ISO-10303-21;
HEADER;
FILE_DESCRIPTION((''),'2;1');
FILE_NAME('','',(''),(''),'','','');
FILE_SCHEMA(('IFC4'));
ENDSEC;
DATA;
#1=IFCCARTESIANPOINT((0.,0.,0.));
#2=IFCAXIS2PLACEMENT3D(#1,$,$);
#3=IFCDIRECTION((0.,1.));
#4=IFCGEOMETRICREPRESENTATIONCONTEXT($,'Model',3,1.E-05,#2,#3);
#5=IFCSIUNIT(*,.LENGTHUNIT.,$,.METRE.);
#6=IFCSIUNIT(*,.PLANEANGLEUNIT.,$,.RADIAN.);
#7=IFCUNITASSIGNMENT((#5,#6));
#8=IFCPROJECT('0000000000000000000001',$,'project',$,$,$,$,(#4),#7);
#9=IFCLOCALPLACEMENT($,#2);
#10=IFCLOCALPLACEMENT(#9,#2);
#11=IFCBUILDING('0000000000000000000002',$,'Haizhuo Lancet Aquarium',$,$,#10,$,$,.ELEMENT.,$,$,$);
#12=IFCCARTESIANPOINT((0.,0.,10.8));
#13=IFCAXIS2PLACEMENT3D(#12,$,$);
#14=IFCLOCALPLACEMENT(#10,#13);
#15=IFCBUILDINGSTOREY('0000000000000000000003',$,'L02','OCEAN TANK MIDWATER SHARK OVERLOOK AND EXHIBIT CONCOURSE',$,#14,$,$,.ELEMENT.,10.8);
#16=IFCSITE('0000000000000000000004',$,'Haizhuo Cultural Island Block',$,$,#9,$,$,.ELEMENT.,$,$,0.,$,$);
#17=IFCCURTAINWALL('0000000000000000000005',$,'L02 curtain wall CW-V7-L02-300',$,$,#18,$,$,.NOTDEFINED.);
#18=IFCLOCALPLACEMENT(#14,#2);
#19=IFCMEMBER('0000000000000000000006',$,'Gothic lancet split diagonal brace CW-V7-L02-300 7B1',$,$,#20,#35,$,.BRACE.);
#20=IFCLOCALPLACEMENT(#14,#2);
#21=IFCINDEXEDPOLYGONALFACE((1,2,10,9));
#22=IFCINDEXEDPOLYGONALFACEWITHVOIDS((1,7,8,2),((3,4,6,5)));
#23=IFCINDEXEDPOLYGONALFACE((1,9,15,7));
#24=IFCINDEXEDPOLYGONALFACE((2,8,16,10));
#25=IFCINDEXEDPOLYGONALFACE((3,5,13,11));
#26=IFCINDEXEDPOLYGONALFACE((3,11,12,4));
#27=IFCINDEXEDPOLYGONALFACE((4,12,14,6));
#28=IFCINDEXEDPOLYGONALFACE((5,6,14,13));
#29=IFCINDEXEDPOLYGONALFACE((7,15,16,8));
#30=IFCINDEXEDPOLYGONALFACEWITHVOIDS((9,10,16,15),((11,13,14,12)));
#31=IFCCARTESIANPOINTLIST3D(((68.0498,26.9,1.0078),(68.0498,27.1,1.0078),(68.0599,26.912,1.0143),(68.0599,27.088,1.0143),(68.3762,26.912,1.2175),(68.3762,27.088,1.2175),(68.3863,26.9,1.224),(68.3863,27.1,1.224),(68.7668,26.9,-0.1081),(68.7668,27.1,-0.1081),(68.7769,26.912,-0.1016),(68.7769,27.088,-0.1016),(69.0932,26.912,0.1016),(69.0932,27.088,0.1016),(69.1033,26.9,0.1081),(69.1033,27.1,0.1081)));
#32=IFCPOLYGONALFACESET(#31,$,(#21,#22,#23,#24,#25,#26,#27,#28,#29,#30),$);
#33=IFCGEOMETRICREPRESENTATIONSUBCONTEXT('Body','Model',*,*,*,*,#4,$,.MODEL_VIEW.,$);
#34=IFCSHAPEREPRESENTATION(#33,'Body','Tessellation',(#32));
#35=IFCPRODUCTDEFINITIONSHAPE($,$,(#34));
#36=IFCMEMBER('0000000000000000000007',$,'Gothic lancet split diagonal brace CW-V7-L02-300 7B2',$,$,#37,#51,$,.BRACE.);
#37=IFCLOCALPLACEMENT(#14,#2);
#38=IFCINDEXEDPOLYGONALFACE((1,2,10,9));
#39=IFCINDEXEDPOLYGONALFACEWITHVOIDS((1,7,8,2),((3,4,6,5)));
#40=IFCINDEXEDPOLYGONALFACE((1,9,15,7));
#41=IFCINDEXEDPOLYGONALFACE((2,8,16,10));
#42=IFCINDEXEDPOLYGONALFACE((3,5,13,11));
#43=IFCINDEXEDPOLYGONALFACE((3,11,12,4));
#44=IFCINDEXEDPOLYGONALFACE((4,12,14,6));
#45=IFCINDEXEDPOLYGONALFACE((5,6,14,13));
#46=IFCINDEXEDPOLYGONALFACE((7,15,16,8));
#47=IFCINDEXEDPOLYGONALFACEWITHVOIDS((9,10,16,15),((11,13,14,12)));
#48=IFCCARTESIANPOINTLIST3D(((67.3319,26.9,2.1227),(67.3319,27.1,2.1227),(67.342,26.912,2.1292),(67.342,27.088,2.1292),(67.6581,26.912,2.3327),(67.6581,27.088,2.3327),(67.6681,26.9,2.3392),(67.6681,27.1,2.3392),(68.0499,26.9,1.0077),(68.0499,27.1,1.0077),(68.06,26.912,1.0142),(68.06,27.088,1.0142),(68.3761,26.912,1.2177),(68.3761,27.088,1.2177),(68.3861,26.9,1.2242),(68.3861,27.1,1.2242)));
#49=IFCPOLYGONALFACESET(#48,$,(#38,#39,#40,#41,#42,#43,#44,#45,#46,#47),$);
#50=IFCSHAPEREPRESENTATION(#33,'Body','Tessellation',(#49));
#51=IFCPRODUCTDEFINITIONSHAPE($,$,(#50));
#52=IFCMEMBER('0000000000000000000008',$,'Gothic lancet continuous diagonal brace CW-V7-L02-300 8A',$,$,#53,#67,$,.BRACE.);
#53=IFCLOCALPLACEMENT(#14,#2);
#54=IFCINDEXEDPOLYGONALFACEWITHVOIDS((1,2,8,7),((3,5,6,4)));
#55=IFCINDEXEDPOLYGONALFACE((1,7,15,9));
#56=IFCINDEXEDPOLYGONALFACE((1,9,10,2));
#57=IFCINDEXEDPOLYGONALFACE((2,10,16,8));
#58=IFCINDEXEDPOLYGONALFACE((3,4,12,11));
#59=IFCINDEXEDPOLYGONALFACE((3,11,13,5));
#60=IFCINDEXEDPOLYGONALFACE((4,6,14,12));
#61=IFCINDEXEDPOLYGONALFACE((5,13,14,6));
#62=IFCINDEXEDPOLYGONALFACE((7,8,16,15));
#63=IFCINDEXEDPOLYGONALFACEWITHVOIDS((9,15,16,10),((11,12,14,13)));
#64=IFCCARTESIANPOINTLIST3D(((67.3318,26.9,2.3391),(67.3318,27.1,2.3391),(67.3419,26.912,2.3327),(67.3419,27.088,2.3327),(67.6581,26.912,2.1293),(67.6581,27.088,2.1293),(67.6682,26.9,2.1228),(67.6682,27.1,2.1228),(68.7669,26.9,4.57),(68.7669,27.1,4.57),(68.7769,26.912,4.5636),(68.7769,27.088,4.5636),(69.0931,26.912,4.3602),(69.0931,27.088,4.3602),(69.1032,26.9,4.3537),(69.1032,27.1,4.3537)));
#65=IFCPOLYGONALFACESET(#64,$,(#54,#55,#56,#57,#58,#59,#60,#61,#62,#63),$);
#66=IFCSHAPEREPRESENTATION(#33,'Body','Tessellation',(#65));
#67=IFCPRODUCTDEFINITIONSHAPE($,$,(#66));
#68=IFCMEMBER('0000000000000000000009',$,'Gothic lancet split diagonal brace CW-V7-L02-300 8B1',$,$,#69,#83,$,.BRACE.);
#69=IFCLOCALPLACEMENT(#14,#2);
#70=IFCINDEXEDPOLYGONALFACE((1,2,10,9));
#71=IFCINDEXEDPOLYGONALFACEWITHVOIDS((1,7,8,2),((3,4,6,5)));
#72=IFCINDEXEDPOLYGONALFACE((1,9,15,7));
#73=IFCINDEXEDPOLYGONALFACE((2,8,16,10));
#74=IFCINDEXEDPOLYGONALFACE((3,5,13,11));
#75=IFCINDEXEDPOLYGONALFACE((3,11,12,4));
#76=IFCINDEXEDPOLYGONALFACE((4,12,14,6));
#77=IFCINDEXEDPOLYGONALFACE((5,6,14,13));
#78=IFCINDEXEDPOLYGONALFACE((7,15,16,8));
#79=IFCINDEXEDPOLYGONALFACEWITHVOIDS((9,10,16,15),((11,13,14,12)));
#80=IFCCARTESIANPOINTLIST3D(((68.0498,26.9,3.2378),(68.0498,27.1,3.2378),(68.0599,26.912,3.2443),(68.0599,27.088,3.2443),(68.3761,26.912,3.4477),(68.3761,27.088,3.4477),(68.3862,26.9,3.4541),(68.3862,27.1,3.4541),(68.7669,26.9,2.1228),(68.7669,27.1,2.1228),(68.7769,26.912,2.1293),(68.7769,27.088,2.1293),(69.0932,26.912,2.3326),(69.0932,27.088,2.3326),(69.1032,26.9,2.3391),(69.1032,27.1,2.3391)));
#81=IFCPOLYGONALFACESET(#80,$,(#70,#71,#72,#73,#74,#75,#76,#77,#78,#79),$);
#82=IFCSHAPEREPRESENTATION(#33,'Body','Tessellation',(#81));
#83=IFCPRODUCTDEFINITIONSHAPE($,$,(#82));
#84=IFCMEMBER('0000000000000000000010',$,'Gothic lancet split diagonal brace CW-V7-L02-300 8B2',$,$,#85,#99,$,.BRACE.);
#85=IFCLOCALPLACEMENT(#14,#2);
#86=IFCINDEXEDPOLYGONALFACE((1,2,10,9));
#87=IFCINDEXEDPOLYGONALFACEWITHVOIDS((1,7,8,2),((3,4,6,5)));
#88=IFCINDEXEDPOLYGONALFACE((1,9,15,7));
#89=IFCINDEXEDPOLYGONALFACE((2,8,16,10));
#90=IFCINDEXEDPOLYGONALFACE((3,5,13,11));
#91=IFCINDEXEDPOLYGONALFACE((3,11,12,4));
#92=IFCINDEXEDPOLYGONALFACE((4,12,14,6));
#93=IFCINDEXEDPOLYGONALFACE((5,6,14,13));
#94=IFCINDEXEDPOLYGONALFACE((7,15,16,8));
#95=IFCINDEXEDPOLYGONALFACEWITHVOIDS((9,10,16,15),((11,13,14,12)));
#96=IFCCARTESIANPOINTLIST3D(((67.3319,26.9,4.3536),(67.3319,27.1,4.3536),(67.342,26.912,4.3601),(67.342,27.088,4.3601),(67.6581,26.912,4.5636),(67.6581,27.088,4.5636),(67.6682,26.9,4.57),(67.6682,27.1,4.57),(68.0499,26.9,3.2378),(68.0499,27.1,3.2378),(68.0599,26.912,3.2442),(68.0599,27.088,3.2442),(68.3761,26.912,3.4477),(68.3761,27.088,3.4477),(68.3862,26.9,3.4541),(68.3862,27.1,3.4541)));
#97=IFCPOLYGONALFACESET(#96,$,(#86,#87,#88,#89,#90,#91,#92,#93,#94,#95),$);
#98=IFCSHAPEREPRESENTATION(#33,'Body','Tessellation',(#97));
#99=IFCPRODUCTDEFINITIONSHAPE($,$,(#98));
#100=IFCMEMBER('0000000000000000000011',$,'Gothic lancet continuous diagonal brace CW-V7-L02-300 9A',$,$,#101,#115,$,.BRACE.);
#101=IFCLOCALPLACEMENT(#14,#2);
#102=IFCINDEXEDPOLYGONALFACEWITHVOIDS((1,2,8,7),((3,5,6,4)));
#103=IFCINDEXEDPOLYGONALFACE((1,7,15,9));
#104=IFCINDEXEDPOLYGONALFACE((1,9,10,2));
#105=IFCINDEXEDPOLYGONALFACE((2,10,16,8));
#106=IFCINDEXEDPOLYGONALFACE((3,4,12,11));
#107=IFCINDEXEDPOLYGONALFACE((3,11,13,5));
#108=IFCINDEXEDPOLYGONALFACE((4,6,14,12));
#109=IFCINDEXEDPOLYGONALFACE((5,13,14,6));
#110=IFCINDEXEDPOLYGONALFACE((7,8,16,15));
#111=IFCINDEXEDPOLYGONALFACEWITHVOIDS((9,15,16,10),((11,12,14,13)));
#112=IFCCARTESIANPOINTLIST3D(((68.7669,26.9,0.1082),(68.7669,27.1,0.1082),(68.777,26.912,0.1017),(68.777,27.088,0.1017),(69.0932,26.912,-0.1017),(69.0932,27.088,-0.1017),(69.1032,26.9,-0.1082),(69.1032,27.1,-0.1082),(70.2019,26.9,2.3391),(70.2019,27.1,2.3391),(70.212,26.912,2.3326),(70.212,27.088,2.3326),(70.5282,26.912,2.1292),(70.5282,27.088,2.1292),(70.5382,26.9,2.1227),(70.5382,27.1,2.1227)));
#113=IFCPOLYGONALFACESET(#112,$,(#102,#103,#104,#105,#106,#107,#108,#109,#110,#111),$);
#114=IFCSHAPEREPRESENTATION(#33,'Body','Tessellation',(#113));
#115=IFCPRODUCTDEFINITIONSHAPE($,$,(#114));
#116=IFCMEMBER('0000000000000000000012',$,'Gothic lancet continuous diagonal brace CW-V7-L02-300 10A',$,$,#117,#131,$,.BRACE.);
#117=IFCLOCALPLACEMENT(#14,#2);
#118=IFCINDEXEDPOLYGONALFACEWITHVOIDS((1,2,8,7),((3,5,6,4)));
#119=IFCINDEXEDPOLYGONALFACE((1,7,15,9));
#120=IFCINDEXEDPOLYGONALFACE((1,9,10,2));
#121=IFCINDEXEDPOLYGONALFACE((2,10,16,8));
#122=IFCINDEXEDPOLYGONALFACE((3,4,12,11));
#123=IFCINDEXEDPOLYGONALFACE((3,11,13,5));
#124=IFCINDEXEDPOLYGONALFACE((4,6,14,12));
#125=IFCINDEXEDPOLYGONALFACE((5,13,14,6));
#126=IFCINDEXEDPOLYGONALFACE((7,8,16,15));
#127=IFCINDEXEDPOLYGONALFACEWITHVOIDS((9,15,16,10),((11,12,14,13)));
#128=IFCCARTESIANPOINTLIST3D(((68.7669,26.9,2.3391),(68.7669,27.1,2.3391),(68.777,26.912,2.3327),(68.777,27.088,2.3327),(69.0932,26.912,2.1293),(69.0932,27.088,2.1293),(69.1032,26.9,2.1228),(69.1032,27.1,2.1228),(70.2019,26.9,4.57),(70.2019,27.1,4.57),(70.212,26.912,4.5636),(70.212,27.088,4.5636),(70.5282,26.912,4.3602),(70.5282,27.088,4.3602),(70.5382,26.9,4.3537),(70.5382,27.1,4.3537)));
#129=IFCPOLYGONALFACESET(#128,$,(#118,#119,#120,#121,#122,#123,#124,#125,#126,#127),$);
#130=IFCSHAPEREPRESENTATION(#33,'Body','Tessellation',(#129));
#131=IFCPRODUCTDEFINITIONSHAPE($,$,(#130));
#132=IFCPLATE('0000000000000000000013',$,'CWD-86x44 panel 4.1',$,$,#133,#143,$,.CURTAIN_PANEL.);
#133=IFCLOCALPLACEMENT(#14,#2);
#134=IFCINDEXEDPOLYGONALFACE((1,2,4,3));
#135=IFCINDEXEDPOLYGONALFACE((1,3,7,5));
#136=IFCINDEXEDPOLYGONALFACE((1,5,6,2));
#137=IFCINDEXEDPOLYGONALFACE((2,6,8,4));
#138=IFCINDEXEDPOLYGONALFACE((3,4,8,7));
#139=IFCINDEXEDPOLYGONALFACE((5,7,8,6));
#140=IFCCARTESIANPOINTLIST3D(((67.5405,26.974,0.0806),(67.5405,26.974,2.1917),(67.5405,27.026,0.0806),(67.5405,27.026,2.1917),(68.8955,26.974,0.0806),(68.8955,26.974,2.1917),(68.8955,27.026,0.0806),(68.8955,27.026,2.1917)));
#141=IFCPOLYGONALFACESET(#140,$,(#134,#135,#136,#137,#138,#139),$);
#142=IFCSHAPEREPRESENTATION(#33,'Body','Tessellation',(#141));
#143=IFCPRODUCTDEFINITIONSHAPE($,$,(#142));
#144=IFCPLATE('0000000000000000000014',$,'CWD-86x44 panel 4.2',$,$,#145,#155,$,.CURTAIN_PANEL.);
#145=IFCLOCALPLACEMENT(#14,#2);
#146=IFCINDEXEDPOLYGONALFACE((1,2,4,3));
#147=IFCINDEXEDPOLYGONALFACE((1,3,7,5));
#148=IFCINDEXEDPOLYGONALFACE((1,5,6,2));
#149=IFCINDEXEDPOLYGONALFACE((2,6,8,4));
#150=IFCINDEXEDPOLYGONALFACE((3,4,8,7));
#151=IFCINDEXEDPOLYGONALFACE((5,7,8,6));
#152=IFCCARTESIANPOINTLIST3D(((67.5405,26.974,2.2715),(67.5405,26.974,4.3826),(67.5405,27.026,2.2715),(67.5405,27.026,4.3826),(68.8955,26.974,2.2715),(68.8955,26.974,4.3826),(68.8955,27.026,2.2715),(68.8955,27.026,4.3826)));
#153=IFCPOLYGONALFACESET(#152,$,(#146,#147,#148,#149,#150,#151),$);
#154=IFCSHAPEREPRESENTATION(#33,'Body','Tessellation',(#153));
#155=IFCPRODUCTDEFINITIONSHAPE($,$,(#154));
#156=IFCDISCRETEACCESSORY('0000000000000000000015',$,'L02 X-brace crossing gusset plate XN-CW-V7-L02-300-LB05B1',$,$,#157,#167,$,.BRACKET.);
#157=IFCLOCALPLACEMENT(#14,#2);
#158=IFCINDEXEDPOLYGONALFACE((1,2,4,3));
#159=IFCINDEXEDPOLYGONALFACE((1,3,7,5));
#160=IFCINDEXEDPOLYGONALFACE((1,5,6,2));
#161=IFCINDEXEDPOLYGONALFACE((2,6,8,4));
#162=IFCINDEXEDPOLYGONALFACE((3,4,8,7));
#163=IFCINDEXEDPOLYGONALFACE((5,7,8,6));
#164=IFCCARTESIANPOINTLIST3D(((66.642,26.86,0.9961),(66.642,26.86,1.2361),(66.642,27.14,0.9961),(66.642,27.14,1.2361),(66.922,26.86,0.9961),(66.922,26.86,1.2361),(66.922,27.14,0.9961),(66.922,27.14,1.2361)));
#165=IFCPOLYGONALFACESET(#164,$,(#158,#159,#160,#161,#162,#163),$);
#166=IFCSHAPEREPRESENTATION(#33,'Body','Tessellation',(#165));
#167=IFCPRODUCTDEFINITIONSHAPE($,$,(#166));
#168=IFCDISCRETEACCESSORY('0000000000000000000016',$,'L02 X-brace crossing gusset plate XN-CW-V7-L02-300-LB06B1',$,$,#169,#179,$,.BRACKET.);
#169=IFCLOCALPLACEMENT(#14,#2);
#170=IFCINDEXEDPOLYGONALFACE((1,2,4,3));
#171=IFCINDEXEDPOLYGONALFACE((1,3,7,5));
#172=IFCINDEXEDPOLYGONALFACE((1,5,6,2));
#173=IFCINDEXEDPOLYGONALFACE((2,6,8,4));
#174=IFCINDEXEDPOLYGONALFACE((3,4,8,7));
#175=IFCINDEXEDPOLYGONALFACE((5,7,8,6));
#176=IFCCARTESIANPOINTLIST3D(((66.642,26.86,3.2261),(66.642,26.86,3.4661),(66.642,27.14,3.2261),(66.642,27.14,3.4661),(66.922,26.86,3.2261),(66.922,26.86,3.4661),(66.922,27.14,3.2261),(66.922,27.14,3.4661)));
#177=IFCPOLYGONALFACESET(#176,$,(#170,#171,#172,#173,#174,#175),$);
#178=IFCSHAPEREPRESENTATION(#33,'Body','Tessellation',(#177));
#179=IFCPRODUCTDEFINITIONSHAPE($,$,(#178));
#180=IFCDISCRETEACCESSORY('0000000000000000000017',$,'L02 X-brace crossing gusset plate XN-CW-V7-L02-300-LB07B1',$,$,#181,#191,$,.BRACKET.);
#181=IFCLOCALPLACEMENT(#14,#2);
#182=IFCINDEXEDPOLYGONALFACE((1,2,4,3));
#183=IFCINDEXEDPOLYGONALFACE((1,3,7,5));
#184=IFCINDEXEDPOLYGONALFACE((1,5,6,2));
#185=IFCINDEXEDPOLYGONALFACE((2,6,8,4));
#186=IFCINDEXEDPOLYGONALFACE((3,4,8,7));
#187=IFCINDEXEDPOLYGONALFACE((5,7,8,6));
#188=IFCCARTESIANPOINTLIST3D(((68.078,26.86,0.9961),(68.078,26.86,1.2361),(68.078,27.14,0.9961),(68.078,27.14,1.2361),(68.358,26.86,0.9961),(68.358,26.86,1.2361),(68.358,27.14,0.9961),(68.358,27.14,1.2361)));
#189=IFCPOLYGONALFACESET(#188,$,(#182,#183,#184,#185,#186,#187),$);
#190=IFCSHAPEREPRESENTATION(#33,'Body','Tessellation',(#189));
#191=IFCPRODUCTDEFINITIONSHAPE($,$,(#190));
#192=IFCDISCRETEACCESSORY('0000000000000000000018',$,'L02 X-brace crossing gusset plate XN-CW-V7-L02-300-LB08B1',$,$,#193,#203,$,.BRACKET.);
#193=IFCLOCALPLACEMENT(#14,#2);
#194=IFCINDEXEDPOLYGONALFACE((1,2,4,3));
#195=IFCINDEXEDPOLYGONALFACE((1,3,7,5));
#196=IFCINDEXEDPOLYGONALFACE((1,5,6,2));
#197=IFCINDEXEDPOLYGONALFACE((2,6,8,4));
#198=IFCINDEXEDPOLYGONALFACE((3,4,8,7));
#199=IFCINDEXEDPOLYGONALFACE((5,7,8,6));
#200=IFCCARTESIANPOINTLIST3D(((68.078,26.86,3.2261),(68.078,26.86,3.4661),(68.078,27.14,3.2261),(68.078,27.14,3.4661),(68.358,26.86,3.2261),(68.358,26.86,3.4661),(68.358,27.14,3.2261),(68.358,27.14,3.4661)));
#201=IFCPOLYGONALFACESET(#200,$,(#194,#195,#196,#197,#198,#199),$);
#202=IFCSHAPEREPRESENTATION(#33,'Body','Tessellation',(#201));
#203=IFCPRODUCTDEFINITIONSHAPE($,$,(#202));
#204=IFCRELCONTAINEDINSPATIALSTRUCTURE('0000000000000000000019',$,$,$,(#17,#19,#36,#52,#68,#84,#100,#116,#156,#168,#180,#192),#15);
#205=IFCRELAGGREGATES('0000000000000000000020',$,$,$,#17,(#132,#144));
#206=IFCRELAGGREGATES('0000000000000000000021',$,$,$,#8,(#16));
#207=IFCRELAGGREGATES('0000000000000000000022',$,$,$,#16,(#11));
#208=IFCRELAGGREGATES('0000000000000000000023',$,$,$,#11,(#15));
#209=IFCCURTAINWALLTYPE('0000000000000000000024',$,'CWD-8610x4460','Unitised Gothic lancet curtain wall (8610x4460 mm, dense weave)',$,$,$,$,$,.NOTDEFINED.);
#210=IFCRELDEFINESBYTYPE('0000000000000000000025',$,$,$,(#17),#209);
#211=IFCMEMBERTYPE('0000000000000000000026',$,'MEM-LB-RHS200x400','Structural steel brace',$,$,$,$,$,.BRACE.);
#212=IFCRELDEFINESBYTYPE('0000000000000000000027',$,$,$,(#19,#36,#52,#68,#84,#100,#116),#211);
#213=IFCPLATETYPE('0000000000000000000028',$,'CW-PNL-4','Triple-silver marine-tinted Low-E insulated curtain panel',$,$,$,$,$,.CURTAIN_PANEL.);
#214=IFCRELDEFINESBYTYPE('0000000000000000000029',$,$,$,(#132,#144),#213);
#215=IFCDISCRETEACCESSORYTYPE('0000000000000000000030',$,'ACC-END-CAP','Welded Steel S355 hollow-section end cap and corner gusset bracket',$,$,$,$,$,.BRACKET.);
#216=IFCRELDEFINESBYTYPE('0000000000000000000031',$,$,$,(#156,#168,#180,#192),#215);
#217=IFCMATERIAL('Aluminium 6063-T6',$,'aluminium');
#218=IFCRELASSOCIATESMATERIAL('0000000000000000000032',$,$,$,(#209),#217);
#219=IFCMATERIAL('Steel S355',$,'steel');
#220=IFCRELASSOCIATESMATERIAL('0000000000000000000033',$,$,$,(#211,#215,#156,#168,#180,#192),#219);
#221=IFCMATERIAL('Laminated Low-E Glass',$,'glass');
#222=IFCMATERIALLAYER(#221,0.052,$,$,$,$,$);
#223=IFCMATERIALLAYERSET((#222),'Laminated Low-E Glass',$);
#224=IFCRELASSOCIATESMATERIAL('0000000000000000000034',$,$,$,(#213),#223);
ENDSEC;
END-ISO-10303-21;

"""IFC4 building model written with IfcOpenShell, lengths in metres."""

from ifc_helpers import new_model, si_unit, direction, frame, origin, origin_2d, place, context, subcontext, project, spatial, rectangle, hollow_rectangle, extrude, material, layer, layer_set, material_profile, profile_set, type_object, element, aggregate, save


model = new_model("IFC4")

# Units and contexts
model_context = context("Model", 3, precision=1e-05, world=origin(), true_north=direction((0.0, 1.0)))
body_context = subcontext(model_context, "Body", "Model", "MODEL_VIEW")
ifc_project = project(units=[si_unit("LENGTHUNIT", "METRE"), si_unit("PLANEANGLEUNIT", "RADIAN")], contexts=[model_context])

# Site, building, storey
site_placement = place(None, origin())
site = spatial("IfcSite", under=ifc_project, at=site_placement, Name="Haizhuo Cultural Island Block", CompositionType="ELEMENT", RefElevation=0.0)
building_placement = place(site_placement, origin())
building = spatial("IfcBuilding", under=site, at=building_placement, Name="Haizhuo Lancet Aquarium", CompositionType="ELEMENT")
storey_placement = place(building_placement, frame((0.0, 0.0, 10.8)))
storey = spatial("IfcBuildingStorey", under=building, at=storey_placement, Name="L02", Description="OCEAN TANK MIDWATER SHARK OVERLOOK AND EXHIBIT CONCOURSE", CompositionType="ELEMENT", Elevation=10.8)

# Curtain wall
ifc_material_1 = material(Name="Aluminium 6063-T6", Category="aluminium")
curtain_wall_type = type_object("IfcCurtainWallType", Name="CWD-8610x4460", Description="Unitised Gothic lancet curtain wall (8610x4460 mm, dense weave)", PredefinedType="NOTDEFINED", material=ifc_material_1)
curtain_wall_placement = place(storey_placement, origin())
curtain_wall = element("IfcCurtainWall", 1, at=curtain_wall_placement, inside=storey, type_object=curtain_wall_type, Name="L02 curtain wall CW-V7-L02-300", PredefinedType="NOTDEFINED")

# Members
ifc_material_2 = material(Name="Steel S355", Category="steel")
ifc_material_profile_1 = material_profile(ifc_material_2, hollow_rectangle(XDim=0.2, YDim=0.3999, WallThickness=0.012, at=origin_2d()), Name="RHS 200x400x12")
ifc_profile_set_1 = profile_set([ifc_material_profile_1], Name="Steel S355")
member_type_1 = type_object("IfcMemberType", Name="MEM-LB-RHS200x400", Description="Structural steel brace", PredefinedType="BRACE", material=ifc_profile_set_1)
member_1_placement = place(storey_placement, frame((68.9351, 27.0, 0.0), z_axis=(-0.540562, 0.0, 0.841304), x_axis=(0.0, -1.0, 0.0)))
element("IfcMember", 2, at=member_1_placement, inside=storey, type_object=member_type_1, Name="Gothic lancet split diagonal brace CW-V7-L02-300 7B1", PredefinedType="BRACE", context=body_context, shape_type="SweptSolid", body=[
    extrude(hollow_rectangle(XDim=0.2, YDim=0.3999, WallThickness=0.012, at=origin_2d()), origin(), (0.0, 0.0, 1.0), 1.3264),
])
member_2_placement = place(storey_placement, frame((68.218, 27.0, 1.116), z_axis=(-0.541418, 0.0, 0.840754), x_axis=(0.0, -1.0, 0.0)))
element("IfcMember", 3, at=member_2_placement, inside=storey, type_object=member_type_1, Name="Gothic lancet split diagonal brace CW-V7-L02-300 7B2", PredefinedType="BRACE", context=body_context, shape_type="SweptSolid", body=[
    extrude(hollow_rectangle(XDim=0.2, YDim=0.3999, WallThickness=0.012, at=origin_2d()), origin(), (0.0, 0.0, 1.0), 1.3262),
])
member_3_placement = place(storey_placement, frame((67.5, 27.0, 2.231), z_axis=(0.54099, 0.0, 0.841029), x_axis=(0.0, 1.0, 0.0)))
element("IfcMember", 4, at=member_3_placement, inside=storey, type_object=member_type_1, Name="Gothic lancet continuous diagonal brace CW-V7-L02-300 8A", PredefinedType="BRACE", context=body_context, shape_type="SweptSolid", body=[
    extrude(hollow_rectangle(XDim=0.2, YDim=0.3999, WallThickness=0.012, at=origin_2d()), origin(), (0.0, 0.0, 1.0), 2.6526),
])
member_4_placement = place(storey_placement, frame((68.9351, 27.0, 2.231), z_axis=(-0.540897, 0.0, 0.841089), x_axis=(0.0, -1.0, 0.0)))
element("IfcMember", 5, at=member_4_placement, inside=storey, type_object=member_type_1, Name="Gothic lancet split diagonal brace CW-V7-L02-300 8B1", PredefinedType="BRACE", context=body_context, shape_type="SweptSolid", body=[
    extrude(hollow_rectangle(XDim=0.2, YDim=0.3999, WallThickness=0.012, at=origin_2d()), origin(), (0.0, 0.0, 1.0), 1.3257),
])
member_5_placement = place(storey_placement, frame((68.218, 27.0, 3.3459), z_axis=(-0.541083, 0.0, 0.840969), x_axis=(0.0, -1.0, 0.0)))
element("IfcMember", 6, at=member_5_placement, inside=storey, type_object=member_type_1, Name="Gothic lancet split diagonal brace CW-V7-L02-300 8B2", PredefinedType="BRACE", context=body_context, shape_type="SweptSolid", body=[
    extrude(hollow_rectangle(XDim=0.2, YDim=0.3999, WallThickness=0.012, at=origin_2d()), origin(), (0.0, 0.0, 1.0), 1.3269),
])
for number, where, z_axis, x_axis, name in (
    (7, (68.9351, 27.0, 0.0), (0.54099, 0.0, 0.841029), (0.0, 1.0, 0.0), "Gothic lancet continuous diagonal brace CW-V7-L02-300 9A"),
    (8, (68.9351, 27.0, 2.231), (0.54099, 0.0, 0.841029), (0.0, 1.0, 0.0), "Gothic lancet continuous diagonal brace CW-V7-L02-300 10A"),
):
    element("IfcMember", number, at=place(storey_placement, frame(where, z_axis=z_axis, x_axis=x_axis)), inside=storey, type_object=member_type_1, Name=name, PredefinedType="BRACE", context=body_context, shape_type="SweptSolid", body=[
        extrude(hollow_rectangle(XDim=0.2, YDim=0.3999, WallThickness=0.012, at=origin_2d()), origin(), (0.0, 0.0, 1.0), 2.6526),
    ])

# Plates
ifc_material_3 = material(Name="Laminated Low-E Glass", Category="glass")
ifc_layer = layer(ifc_material_3, 0.052)
ifc_layer_set = layer_set([ifc_layer], Name="Laminated Low-E Glass")
plate_type = type_object("IfcPlateType", Name="CW-PNL-4", Description="Triple-silver marine-tinted Low-E insulated curtain panel", PredefinedType="CURTAIN_PANEL", material=ifc_layer_set)
plate_1_placement = place(storey_placement, frame((68.218, 27.0, 0.0806), z_axis=(0.0, 0.0, 1.0), x_axis=(1.0, 0.0, 0.0)))
plate_1 = element("IfcPlate", 9, at=plate_1_placement, type_object=plate_type, Name="CWD-86x44 panel 4.1", PredefinedType="CURTAIN_PANEL", context=body_context, shape_type="SweptSolid", body=[
    extrude(rectangle(XDim=1.355, YDim=0.052, at=origin_2d()), origin(), (0.0, 0.0, 1.0), 2.1111),
])
plate_2_placement = place(storey_placement, frame((68.218, 27.0, 2.2715), z_axis=(0.0, 0.0, 1.0), x_axis=(1.0, 0.0, 0.0)))
plate_2 = element("IfcPlate", 10, at=plate_2_placement, type_object=plate_type, Name="CWD-86x44 panel 4.2", PredefinedType="CURTAIN_PANEL", context=body_context, shape_type="SweptSolid", body=[
    extrude(rectangle(XDim=1.355, YDim=0.052, at=origin_2d()), origin(), (0.0, 0.0, 1.0), 2.1111),
])
aggregate(curtain_wall, [plate_1, plate_2])

# Discrete accessories
discrete_accessory_type = type_object("IfcDiscreteAccessoryType", Name="ACC-END-CAP", Description="Welded Steel S355 hollow-section end cap and corner gusset bracket", PredefinedType="BRACKET", material=ifc_material_2)
for number, where, z_axis, x_axis, name in (
    (11, (66.782, 27.0, 0.9961), (0.0, 0.0, 1.0), (1.0, 0.0, 0.0), "L02 X-brace crossing gusset plate XN-CW-V7-L02-300-LB05B1"),
    (12, (66.782, 27.0, 3.2261), (0.0, 0.0, 1.0), (1.0, 0.0, 0.0), "L02 X-brace crossing gusset plate XN-CW-V7-L02-300-LB06B1"),
    (13, (68.218, 27.0, 0.9961), (0.0, 0.0, 1.0), (1.0, 0.0, 0.0), "L02 X-brace crossing gusset plate XN-CW-V7-L02-300-LB07B1"),
    (14, (68.218, 27.0, 3.2261), (0.0, 0.0, 1.0), (1.0, 0.0, 0.0), "L02 X-brace crossing gusset plate XN-CW-V7-L02-300-LB08B1"),
):
    element("IfcDiscreteAccessory", number, at=place(storey_placement, frame(where, z_axis=z_axis, x_axis=x_axis)), inside=storey, type_object=discrete_accessory_type, material=ifc_material_2, Name=name, PredefinedType="BRACKET", context=body_context, shape_type="SweptSolid", body=[
        extrude(rectangle(XDim=0.28, YDim=0.28, at=origin_2d()), origin(), (0.0, 0.0, 1.0), 0.24),
    ])

save(model, "model.ifc")
